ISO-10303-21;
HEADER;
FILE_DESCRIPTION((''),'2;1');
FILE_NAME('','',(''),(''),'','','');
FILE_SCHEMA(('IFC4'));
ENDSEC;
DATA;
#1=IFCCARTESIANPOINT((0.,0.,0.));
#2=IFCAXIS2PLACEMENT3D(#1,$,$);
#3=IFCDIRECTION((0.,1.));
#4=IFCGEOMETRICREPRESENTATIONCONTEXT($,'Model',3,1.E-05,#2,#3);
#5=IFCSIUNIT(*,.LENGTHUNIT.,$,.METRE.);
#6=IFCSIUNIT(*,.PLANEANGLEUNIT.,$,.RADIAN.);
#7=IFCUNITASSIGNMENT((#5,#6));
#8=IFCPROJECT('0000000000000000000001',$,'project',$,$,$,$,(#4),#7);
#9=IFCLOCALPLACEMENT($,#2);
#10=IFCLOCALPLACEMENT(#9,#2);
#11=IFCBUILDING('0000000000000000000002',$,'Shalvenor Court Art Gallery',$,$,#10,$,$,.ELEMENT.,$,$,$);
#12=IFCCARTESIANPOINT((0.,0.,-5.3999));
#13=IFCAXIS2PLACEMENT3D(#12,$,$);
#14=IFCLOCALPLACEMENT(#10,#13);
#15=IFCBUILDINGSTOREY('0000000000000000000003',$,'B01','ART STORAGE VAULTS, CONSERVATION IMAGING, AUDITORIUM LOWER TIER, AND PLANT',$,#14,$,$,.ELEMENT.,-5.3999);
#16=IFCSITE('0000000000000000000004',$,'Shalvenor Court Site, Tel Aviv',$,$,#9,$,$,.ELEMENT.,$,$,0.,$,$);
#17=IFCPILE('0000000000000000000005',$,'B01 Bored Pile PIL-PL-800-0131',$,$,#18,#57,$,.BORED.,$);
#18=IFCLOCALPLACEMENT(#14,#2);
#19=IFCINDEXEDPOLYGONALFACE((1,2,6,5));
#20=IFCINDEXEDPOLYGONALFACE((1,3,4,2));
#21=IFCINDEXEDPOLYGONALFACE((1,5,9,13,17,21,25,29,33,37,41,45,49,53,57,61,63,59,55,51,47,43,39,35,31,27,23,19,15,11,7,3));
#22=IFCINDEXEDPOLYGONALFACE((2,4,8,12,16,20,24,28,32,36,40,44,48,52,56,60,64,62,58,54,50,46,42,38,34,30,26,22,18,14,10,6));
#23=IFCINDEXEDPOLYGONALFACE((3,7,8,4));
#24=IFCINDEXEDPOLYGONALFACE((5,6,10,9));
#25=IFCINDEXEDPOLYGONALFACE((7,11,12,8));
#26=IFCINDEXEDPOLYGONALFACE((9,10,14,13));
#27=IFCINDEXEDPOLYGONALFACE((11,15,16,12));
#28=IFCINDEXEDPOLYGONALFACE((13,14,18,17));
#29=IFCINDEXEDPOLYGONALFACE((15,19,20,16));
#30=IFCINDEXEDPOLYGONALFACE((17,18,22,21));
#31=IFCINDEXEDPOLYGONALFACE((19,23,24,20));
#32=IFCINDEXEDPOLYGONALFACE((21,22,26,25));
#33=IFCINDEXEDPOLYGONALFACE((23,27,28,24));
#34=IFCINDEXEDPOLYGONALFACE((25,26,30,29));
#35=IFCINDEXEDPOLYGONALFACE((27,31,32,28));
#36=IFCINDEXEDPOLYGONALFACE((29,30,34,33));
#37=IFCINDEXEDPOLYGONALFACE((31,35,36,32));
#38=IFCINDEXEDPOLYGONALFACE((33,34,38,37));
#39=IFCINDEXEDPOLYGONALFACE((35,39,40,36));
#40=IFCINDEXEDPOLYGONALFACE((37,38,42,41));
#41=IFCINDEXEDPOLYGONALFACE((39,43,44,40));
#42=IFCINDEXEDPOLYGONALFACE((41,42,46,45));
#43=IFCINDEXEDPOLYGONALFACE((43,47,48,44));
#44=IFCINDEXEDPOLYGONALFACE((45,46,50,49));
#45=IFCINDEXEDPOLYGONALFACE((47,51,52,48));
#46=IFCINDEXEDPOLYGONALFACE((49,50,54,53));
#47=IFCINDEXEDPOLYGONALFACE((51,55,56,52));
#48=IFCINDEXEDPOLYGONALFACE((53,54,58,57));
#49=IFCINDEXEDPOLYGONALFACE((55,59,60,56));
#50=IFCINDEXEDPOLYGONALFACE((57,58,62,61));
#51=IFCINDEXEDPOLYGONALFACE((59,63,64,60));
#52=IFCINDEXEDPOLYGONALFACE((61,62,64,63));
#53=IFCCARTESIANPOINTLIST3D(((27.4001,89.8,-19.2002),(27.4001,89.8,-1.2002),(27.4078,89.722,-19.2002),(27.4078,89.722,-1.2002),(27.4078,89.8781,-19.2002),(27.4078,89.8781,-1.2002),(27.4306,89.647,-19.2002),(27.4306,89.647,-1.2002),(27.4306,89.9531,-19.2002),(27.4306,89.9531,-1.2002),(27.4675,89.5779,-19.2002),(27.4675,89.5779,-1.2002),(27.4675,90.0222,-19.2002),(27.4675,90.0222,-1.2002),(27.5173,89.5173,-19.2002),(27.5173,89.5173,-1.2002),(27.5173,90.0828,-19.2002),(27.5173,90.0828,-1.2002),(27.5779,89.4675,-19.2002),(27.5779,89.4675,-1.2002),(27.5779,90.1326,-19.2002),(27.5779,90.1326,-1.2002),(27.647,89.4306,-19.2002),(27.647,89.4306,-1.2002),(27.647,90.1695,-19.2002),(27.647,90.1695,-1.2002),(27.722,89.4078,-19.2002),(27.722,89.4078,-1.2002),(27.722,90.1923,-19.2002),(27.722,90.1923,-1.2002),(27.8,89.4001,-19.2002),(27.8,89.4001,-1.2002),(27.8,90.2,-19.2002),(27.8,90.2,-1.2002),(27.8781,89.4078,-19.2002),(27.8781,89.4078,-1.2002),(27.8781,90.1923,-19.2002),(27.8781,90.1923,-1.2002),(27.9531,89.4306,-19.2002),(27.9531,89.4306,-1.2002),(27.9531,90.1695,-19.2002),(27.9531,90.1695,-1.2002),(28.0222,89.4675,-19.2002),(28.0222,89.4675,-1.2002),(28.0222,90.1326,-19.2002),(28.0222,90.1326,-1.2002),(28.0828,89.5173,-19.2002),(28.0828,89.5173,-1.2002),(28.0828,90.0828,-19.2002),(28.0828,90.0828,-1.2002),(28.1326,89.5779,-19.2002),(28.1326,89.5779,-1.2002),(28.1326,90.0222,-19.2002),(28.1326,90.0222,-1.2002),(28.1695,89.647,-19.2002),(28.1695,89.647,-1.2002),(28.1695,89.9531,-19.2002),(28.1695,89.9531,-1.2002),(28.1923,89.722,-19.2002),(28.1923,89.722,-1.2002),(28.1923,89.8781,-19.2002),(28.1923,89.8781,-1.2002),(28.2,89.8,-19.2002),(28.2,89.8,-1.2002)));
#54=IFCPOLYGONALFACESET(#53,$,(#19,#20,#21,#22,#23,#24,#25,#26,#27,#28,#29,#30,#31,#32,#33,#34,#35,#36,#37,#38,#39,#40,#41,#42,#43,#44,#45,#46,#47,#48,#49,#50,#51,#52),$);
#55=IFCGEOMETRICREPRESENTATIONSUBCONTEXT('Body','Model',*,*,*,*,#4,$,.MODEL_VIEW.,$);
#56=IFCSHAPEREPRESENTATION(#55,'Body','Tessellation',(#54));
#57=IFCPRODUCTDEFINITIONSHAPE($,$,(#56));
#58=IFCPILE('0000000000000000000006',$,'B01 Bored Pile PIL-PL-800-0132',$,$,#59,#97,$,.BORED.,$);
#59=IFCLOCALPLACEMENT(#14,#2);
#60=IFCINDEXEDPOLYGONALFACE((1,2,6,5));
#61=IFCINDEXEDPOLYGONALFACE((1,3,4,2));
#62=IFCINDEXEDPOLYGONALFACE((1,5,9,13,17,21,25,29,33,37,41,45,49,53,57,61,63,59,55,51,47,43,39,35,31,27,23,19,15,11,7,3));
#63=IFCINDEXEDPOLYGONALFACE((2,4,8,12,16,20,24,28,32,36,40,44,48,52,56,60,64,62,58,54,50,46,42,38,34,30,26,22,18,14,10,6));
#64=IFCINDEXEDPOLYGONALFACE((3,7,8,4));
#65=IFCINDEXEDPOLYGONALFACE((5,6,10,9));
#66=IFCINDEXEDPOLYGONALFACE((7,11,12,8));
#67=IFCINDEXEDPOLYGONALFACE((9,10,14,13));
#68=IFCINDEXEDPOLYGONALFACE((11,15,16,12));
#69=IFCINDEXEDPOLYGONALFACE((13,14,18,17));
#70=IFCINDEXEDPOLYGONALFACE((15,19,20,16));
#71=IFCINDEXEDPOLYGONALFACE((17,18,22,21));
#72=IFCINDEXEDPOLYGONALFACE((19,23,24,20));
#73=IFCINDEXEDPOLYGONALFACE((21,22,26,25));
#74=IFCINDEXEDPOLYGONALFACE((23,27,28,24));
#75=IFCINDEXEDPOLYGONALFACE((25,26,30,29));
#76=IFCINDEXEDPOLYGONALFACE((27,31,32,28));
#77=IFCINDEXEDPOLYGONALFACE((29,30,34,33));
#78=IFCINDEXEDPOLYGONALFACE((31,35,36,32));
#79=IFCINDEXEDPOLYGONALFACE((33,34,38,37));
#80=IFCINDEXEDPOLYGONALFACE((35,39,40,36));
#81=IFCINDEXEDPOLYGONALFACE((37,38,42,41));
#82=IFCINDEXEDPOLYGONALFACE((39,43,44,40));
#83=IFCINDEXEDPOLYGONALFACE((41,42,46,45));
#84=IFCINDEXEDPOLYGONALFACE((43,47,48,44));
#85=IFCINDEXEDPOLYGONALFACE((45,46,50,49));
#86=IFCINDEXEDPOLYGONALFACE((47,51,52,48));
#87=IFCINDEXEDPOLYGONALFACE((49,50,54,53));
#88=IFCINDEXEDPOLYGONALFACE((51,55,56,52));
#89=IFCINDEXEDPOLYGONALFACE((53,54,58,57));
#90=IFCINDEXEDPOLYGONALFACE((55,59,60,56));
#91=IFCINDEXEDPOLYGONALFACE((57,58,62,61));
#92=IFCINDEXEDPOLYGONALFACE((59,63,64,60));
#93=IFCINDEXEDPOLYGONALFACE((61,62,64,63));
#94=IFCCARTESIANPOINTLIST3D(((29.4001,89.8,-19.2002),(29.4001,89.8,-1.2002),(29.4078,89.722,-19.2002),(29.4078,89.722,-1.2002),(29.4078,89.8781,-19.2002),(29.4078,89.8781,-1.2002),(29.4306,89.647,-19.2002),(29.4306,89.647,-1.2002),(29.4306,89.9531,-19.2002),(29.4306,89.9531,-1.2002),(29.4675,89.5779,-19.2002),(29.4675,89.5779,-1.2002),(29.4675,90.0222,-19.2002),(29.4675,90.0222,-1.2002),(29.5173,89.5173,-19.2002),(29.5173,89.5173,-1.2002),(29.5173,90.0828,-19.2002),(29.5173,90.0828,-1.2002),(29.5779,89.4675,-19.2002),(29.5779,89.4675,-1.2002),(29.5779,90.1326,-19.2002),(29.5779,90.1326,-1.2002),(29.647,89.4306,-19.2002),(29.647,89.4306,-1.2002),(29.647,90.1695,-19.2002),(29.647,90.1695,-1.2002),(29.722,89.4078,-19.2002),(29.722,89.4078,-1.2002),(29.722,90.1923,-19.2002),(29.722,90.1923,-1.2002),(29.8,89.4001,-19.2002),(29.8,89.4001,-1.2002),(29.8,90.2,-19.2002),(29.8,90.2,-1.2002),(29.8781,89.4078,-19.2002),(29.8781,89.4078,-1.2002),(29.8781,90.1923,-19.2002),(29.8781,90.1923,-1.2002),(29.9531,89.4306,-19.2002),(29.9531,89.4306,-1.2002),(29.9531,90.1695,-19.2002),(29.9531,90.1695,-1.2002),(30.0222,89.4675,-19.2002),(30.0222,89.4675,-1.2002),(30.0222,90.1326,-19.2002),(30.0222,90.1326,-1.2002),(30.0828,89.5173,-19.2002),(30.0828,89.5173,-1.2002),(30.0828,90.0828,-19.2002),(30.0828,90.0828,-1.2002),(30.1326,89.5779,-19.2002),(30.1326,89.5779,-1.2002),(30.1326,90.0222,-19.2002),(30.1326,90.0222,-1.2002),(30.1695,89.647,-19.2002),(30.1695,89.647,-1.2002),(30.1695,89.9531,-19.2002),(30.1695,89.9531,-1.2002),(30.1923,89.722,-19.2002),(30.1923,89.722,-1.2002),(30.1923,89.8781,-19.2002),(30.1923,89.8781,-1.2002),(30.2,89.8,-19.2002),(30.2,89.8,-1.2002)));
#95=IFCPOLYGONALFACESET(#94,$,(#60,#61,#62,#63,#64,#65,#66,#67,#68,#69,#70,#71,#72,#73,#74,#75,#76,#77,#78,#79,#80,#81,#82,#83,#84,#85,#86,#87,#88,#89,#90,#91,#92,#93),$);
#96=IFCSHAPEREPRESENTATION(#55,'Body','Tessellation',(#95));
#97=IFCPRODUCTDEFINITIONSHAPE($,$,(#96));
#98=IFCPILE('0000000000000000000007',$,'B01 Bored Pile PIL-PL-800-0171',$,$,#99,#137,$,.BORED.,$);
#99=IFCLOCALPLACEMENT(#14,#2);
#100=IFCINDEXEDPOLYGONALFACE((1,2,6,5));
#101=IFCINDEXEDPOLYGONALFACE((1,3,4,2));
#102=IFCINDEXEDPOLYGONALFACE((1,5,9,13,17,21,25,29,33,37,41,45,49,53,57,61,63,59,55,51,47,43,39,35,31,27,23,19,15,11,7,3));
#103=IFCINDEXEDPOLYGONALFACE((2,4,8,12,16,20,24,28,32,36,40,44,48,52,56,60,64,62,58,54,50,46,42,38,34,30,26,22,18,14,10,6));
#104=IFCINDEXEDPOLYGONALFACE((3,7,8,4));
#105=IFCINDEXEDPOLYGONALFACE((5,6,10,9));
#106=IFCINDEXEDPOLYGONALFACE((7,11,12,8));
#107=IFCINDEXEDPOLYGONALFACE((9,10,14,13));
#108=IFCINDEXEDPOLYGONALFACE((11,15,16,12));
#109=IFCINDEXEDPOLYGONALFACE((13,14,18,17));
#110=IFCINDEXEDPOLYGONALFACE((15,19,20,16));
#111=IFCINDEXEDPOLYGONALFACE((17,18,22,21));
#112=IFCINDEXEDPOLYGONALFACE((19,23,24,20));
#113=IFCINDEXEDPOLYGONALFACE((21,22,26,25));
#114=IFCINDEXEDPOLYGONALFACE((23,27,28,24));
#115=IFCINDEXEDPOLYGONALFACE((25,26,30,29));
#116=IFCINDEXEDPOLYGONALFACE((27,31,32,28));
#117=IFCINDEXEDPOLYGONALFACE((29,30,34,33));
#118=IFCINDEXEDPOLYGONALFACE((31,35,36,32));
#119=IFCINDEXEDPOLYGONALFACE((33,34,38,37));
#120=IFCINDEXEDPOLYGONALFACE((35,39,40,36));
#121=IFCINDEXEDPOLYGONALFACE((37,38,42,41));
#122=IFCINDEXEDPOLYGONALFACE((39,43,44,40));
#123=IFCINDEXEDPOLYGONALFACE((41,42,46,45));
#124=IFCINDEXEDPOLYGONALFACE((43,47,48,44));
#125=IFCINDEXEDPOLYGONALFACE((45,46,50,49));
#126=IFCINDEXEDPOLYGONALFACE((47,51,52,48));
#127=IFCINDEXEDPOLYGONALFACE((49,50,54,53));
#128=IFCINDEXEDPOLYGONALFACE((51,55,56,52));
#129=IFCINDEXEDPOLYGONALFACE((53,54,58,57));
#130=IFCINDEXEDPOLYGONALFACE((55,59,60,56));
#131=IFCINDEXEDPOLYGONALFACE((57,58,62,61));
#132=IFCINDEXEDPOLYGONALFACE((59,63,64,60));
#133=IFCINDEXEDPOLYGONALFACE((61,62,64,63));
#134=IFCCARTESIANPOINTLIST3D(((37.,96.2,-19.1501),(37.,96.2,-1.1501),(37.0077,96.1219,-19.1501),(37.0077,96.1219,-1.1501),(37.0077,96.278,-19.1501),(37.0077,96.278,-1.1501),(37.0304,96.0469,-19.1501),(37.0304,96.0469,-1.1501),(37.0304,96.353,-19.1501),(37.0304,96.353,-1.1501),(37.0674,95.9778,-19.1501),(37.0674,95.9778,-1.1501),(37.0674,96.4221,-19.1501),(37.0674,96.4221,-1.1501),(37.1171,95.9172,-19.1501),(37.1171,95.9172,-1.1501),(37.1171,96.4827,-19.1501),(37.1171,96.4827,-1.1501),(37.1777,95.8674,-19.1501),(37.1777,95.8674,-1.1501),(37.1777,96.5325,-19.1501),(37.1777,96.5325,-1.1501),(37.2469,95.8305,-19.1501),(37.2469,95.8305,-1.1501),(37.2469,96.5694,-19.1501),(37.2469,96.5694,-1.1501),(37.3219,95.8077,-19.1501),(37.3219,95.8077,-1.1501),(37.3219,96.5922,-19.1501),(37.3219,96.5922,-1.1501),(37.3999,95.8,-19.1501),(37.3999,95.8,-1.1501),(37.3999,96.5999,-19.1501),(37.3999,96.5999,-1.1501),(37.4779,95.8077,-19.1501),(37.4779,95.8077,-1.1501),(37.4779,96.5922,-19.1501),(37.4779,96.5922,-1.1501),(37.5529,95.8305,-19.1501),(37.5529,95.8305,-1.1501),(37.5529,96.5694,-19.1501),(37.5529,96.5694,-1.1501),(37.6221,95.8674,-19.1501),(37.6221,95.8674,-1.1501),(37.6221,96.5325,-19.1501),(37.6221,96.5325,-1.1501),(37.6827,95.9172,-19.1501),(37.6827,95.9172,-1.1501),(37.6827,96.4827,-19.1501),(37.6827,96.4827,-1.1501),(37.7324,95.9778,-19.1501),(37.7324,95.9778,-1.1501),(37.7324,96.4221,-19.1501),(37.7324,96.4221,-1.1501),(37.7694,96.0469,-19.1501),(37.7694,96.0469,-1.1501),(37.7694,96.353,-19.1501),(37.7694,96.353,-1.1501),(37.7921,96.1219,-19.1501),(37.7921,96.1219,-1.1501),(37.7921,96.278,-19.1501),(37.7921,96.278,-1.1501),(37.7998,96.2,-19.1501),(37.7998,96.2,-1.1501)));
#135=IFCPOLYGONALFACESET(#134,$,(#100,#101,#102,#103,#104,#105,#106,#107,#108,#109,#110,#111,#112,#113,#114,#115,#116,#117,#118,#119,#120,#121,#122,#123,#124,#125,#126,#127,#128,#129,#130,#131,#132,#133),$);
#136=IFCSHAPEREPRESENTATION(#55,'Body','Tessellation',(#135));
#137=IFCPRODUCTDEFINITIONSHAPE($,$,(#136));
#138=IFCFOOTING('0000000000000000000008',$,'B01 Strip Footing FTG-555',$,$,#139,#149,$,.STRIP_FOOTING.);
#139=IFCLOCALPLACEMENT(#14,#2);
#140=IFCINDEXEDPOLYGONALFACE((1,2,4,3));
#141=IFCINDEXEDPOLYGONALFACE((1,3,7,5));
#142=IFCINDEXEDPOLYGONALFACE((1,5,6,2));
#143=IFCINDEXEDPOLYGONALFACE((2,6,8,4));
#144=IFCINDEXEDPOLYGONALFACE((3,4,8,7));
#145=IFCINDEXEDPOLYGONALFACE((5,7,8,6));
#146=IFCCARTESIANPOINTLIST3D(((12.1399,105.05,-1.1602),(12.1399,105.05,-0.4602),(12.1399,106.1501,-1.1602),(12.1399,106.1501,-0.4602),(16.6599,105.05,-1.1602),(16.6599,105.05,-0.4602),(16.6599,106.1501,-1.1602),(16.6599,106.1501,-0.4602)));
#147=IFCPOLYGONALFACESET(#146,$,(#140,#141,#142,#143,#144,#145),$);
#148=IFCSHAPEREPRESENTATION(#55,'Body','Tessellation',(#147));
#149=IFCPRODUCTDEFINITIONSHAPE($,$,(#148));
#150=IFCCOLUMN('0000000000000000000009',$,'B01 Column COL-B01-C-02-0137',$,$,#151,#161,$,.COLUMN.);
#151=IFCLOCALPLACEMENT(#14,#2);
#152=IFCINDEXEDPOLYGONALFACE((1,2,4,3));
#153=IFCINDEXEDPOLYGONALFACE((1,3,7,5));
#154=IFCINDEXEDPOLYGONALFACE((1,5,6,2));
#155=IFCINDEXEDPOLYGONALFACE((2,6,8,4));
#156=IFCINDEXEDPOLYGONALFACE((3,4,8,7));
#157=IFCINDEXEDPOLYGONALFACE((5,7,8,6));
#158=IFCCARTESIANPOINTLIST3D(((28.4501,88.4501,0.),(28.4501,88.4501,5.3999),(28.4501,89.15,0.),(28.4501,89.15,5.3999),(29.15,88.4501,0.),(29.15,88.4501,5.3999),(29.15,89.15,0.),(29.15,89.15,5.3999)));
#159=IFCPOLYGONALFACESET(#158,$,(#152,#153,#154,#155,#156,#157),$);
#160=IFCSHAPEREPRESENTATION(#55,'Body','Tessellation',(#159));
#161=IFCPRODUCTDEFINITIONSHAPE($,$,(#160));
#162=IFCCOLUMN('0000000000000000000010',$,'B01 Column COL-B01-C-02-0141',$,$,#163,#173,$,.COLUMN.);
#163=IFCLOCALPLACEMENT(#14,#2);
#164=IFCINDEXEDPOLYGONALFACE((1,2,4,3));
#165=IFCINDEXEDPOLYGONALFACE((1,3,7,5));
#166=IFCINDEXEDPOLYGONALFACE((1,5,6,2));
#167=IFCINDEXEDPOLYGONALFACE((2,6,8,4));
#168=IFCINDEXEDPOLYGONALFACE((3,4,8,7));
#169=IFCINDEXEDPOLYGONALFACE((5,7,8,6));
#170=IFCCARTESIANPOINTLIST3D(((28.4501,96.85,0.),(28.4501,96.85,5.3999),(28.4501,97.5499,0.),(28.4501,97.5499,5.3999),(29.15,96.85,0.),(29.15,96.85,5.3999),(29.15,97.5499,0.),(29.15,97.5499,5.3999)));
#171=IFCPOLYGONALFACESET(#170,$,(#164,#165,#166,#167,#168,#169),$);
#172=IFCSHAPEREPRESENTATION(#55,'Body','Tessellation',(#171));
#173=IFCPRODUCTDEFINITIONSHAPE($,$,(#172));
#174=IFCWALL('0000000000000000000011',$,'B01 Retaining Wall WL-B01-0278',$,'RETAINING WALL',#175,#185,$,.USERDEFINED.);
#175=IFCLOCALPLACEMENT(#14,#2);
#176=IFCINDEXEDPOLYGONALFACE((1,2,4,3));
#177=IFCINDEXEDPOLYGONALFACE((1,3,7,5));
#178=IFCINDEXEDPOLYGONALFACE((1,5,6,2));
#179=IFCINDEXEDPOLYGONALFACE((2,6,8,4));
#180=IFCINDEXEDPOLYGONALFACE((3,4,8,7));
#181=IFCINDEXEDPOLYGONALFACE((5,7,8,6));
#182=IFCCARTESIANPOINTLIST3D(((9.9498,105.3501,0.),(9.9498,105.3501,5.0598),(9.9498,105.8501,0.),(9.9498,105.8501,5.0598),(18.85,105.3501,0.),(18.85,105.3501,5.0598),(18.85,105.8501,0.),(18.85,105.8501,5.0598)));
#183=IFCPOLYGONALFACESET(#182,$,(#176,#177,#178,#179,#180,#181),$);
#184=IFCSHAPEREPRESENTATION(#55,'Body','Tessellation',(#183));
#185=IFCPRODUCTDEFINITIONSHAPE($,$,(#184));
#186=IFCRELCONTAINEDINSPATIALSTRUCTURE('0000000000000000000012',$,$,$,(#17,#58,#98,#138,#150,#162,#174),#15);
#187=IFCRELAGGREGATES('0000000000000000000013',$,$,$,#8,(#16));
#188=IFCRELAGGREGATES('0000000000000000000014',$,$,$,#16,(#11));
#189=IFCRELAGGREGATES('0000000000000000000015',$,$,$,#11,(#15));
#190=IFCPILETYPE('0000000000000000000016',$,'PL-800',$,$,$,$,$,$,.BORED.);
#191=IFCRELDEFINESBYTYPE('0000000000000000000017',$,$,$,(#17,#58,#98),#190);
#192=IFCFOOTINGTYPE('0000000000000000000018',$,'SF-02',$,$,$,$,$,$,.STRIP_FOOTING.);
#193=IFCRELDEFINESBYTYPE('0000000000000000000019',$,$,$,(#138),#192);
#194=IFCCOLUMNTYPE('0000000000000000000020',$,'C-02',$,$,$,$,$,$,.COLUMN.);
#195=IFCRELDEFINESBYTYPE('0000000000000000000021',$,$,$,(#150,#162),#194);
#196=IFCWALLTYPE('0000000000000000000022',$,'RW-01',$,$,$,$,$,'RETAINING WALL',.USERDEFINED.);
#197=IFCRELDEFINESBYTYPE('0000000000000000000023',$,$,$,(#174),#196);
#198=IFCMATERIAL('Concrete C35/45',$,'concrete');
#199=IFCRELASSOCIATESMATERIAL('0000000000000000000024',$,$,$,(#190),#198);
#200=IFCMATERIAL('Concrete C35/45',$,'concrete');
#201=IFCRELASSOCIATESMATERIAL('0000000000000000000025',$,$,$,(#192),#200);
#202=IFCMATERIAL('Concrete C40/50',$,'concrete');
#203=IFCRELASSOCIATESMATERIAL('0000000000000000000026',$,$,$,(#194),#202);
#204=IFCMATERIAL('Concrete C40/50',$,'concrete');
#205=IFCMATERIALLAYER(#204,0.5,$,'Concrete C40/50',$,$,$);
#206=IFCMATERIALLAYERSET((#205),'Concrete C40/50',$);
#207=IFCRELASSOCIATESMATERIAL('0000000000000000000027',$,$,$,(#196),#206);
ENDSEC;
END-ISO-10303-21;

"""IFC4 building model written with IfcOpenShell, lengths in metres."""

from ifc_helpers import new_model, si_unit, direction, frame, frame_2d, origin, origin_2d, place, context, subcontext, project, spatial, rectangle, circle, extrude, material, layer, layer_set, material_profile, profile_set, type_object, element, save


model = new_model("IFC4")

# Units and contexts
model_context = context("Model", 3, precision=1e-05, world=origin(), true_north=direction((0.0, 1.0)))
body_context = subcontext(model_context, "Body", "Model", "MODEL_VIEW")
ifc_project = project(units=[si_unit("LENGTHUNIT", "METRE"), si_unit("PLANEANGLEUNIT", "RADIAN")], contexts=[model_context])

# Site, building, storey
site_placement = place(None, origin())
site = spatial("IfcSite", under=ifc_project, at=site_placement, Name="Shalvenor Court Site, Tel Aviv", CompositionType="ELEMENT", RefElevation=0.0)
building_placement = place(site_placement, origin())
building = spatial("IfcBuilding", under=site, at=building_placement, Name="Shalvenor Court Art Gallery", CompositionType="ELEMENT")
storey_placement = place(building_placement, frame((0.0, 0.0, -5.3999)))
storey = spatial("IfcBuildingStorey", under=building, at=storey_placement, Name="B01", Description="ART STORAGE VAULTS, CONSERVATION IMAGING, AUDITORIUM LOWER TIER, AND PLANT", CompositionType="ELEMENT", Elevation=-5.3999)

# Piles
ifc_material_1 = material(Name="Concrete C35/45", Category="concrete")
ifc_material_profile_1 = material_profile(ifc_material_1, circle(Radius=0.3999, at=origin_2d()), Name="PILE 800")
ifc_profile_set_1 = profile_set([ifc_material_profile_1], Name="Concrete C35/45")
pile_type_1 = type_object("IfcPileType", Name="PL-800", PredefinedType="BORED", material=ifc_profile_set_1)
for number, where, z_axis, x_axis, name in (
    (1, (27.8, 89.8, -1.2002), (0.0, 0.0, -1.0), (1.0, 0.0, 0.0), "B01 Bored Pile PIL-PL-800-0131"),
    (2, (29.8, 89.8, -1.2002), (0.0, 0.0, -1.0), (1.0, 0.0, 0.0), "B01 Bored Pile PIL-PL-800-0132"),
    (3, (37.3999, 96.2, -1.1501), (0.0, 0.0, -1.0), (1.0, 0.0, 0.0), "B01 Bored Pile PIL-PL-800-0171"),
):
    element("IfcPile", number, at=place(storey_placement, frame(where, z_axis=z_axis, x_axis=x_axis)), inside=storey, type_object=pile_type_1, Name=name, PredefinedType="BORED", context=body_context, shape_type="SweptSolid", body=[
        extrude(circle(Radius=0.3999, at=origin_2d()), origin(), (0.0, 0.0, 1.0), 18.0),
    ])

# Footing
ifc_material_2 = material(Name="Concrete C35/45", Category="concrete")
footing_type_1 = type_object("IfcFootingType", Name="SF-02", PredefinedType="STRIP_FOOTING", material=ifc_material_2)
footing_1_placement = place(storey_placement, frame((14.3999, 105.6001, -1.1602), z_axis=(0.0, 0.0, 1.0), x_axis=(1.0, 0.0, 0.0)))
element("IfcFooting", 4, at=footing_1_placement, inside=storey, type_object=footing_type_1, Name="B01 Strip Footing FTG-555", PredefinedType="STRIP_FOOTING", context=body_context, shape_type="SweptSolid", body=[
    extrude(rectangle(XDim=4.52, YDim=1.1001, at=origin_2d()), origin(), (0.0, 0.0, 1.0), 0.7),
])

# Columns
ifc_material_3 = material(Name="Concrete C40/50", Category="concrete")
ifc_material_profile_2 = material_profile(ifc_material_3, rectangle(XDim=0.7, YDim=0.7, at=origin_2d()), Name="RC 700x700")
ifc_profile_set_2 = profile_set([ifc_material_profile_2], Name="Concrete C40/50")
column_type = type_object("IfcColumnType", Name="C-02", PredefinedType="COLUMN", material=ifc_profile_set_2)
for number, where, z_axis, x_axis, name in (
    (5, (28.8, 88.8, 0.0), (0.0, 0.0, 1.0), (1.0, 0.0, 0.0), "B01 Column COL-B01-C-02-0137"),
    (6, (28.8, 97.2, 0.0), (0.0, 0.0, 1.0), (1.0, 0.0, 0.0), "B01 Column COL-B01-C-02-0141"),
):
    element("IfcColumn", number, at=place(storey_placement, frame(where, z_axis=z_axis, x_axis=x_axis)), inside=storey, type_object=column_type, Name=name, PredefinedType="COLUMN", context=body_context, shape_type="SweptSolid", body=[
        extrude(rectangle(XDim=0.7, YDim=0.7, at=origin_2d()), origin(), (0.0, 0.0, 1.0), 5.3999),
    ])

# Wall
ifc_material_4 = material(Name="Concrete C40/50", Category="concrete")
ifc_layer = layer(ifc_material_4, 0.5, Name="Concrete C40/50")
ifc_layer_set = layer_set([ifc_layer], Name="Concrete C40/50")
wall_type = type_object("IfcWallType", Name="RW-01", ElementType="RETAINING WALL", PredefinedType="USERDEFINED", material=ifc_layer_set)
wall_placement = place(storey_placement, frame((18.8501, 105.6001, 0.0), z_axis=(0.0, 0.0, 1.0), x_axis=(-1.0, 0.0, 0.0)))
element("IfcWall", 7, at=wall_placement, inside=storey, type_object=wall_type, Name="B01 Retaining Wall WL-B01-0278", ObjectType="RETAINING WALL", PredefinedType="USERDEFINED", context=body_context, shape_type="SweptSolid", body=[
    extrude(rectangle(XDim=8.9001, YDim=0.5, at=frame_2d((4.4502, 0.0))), origin(), (0.0, 0.0, 1.0), 5.0598),
])

save(model, "model.ifc")
